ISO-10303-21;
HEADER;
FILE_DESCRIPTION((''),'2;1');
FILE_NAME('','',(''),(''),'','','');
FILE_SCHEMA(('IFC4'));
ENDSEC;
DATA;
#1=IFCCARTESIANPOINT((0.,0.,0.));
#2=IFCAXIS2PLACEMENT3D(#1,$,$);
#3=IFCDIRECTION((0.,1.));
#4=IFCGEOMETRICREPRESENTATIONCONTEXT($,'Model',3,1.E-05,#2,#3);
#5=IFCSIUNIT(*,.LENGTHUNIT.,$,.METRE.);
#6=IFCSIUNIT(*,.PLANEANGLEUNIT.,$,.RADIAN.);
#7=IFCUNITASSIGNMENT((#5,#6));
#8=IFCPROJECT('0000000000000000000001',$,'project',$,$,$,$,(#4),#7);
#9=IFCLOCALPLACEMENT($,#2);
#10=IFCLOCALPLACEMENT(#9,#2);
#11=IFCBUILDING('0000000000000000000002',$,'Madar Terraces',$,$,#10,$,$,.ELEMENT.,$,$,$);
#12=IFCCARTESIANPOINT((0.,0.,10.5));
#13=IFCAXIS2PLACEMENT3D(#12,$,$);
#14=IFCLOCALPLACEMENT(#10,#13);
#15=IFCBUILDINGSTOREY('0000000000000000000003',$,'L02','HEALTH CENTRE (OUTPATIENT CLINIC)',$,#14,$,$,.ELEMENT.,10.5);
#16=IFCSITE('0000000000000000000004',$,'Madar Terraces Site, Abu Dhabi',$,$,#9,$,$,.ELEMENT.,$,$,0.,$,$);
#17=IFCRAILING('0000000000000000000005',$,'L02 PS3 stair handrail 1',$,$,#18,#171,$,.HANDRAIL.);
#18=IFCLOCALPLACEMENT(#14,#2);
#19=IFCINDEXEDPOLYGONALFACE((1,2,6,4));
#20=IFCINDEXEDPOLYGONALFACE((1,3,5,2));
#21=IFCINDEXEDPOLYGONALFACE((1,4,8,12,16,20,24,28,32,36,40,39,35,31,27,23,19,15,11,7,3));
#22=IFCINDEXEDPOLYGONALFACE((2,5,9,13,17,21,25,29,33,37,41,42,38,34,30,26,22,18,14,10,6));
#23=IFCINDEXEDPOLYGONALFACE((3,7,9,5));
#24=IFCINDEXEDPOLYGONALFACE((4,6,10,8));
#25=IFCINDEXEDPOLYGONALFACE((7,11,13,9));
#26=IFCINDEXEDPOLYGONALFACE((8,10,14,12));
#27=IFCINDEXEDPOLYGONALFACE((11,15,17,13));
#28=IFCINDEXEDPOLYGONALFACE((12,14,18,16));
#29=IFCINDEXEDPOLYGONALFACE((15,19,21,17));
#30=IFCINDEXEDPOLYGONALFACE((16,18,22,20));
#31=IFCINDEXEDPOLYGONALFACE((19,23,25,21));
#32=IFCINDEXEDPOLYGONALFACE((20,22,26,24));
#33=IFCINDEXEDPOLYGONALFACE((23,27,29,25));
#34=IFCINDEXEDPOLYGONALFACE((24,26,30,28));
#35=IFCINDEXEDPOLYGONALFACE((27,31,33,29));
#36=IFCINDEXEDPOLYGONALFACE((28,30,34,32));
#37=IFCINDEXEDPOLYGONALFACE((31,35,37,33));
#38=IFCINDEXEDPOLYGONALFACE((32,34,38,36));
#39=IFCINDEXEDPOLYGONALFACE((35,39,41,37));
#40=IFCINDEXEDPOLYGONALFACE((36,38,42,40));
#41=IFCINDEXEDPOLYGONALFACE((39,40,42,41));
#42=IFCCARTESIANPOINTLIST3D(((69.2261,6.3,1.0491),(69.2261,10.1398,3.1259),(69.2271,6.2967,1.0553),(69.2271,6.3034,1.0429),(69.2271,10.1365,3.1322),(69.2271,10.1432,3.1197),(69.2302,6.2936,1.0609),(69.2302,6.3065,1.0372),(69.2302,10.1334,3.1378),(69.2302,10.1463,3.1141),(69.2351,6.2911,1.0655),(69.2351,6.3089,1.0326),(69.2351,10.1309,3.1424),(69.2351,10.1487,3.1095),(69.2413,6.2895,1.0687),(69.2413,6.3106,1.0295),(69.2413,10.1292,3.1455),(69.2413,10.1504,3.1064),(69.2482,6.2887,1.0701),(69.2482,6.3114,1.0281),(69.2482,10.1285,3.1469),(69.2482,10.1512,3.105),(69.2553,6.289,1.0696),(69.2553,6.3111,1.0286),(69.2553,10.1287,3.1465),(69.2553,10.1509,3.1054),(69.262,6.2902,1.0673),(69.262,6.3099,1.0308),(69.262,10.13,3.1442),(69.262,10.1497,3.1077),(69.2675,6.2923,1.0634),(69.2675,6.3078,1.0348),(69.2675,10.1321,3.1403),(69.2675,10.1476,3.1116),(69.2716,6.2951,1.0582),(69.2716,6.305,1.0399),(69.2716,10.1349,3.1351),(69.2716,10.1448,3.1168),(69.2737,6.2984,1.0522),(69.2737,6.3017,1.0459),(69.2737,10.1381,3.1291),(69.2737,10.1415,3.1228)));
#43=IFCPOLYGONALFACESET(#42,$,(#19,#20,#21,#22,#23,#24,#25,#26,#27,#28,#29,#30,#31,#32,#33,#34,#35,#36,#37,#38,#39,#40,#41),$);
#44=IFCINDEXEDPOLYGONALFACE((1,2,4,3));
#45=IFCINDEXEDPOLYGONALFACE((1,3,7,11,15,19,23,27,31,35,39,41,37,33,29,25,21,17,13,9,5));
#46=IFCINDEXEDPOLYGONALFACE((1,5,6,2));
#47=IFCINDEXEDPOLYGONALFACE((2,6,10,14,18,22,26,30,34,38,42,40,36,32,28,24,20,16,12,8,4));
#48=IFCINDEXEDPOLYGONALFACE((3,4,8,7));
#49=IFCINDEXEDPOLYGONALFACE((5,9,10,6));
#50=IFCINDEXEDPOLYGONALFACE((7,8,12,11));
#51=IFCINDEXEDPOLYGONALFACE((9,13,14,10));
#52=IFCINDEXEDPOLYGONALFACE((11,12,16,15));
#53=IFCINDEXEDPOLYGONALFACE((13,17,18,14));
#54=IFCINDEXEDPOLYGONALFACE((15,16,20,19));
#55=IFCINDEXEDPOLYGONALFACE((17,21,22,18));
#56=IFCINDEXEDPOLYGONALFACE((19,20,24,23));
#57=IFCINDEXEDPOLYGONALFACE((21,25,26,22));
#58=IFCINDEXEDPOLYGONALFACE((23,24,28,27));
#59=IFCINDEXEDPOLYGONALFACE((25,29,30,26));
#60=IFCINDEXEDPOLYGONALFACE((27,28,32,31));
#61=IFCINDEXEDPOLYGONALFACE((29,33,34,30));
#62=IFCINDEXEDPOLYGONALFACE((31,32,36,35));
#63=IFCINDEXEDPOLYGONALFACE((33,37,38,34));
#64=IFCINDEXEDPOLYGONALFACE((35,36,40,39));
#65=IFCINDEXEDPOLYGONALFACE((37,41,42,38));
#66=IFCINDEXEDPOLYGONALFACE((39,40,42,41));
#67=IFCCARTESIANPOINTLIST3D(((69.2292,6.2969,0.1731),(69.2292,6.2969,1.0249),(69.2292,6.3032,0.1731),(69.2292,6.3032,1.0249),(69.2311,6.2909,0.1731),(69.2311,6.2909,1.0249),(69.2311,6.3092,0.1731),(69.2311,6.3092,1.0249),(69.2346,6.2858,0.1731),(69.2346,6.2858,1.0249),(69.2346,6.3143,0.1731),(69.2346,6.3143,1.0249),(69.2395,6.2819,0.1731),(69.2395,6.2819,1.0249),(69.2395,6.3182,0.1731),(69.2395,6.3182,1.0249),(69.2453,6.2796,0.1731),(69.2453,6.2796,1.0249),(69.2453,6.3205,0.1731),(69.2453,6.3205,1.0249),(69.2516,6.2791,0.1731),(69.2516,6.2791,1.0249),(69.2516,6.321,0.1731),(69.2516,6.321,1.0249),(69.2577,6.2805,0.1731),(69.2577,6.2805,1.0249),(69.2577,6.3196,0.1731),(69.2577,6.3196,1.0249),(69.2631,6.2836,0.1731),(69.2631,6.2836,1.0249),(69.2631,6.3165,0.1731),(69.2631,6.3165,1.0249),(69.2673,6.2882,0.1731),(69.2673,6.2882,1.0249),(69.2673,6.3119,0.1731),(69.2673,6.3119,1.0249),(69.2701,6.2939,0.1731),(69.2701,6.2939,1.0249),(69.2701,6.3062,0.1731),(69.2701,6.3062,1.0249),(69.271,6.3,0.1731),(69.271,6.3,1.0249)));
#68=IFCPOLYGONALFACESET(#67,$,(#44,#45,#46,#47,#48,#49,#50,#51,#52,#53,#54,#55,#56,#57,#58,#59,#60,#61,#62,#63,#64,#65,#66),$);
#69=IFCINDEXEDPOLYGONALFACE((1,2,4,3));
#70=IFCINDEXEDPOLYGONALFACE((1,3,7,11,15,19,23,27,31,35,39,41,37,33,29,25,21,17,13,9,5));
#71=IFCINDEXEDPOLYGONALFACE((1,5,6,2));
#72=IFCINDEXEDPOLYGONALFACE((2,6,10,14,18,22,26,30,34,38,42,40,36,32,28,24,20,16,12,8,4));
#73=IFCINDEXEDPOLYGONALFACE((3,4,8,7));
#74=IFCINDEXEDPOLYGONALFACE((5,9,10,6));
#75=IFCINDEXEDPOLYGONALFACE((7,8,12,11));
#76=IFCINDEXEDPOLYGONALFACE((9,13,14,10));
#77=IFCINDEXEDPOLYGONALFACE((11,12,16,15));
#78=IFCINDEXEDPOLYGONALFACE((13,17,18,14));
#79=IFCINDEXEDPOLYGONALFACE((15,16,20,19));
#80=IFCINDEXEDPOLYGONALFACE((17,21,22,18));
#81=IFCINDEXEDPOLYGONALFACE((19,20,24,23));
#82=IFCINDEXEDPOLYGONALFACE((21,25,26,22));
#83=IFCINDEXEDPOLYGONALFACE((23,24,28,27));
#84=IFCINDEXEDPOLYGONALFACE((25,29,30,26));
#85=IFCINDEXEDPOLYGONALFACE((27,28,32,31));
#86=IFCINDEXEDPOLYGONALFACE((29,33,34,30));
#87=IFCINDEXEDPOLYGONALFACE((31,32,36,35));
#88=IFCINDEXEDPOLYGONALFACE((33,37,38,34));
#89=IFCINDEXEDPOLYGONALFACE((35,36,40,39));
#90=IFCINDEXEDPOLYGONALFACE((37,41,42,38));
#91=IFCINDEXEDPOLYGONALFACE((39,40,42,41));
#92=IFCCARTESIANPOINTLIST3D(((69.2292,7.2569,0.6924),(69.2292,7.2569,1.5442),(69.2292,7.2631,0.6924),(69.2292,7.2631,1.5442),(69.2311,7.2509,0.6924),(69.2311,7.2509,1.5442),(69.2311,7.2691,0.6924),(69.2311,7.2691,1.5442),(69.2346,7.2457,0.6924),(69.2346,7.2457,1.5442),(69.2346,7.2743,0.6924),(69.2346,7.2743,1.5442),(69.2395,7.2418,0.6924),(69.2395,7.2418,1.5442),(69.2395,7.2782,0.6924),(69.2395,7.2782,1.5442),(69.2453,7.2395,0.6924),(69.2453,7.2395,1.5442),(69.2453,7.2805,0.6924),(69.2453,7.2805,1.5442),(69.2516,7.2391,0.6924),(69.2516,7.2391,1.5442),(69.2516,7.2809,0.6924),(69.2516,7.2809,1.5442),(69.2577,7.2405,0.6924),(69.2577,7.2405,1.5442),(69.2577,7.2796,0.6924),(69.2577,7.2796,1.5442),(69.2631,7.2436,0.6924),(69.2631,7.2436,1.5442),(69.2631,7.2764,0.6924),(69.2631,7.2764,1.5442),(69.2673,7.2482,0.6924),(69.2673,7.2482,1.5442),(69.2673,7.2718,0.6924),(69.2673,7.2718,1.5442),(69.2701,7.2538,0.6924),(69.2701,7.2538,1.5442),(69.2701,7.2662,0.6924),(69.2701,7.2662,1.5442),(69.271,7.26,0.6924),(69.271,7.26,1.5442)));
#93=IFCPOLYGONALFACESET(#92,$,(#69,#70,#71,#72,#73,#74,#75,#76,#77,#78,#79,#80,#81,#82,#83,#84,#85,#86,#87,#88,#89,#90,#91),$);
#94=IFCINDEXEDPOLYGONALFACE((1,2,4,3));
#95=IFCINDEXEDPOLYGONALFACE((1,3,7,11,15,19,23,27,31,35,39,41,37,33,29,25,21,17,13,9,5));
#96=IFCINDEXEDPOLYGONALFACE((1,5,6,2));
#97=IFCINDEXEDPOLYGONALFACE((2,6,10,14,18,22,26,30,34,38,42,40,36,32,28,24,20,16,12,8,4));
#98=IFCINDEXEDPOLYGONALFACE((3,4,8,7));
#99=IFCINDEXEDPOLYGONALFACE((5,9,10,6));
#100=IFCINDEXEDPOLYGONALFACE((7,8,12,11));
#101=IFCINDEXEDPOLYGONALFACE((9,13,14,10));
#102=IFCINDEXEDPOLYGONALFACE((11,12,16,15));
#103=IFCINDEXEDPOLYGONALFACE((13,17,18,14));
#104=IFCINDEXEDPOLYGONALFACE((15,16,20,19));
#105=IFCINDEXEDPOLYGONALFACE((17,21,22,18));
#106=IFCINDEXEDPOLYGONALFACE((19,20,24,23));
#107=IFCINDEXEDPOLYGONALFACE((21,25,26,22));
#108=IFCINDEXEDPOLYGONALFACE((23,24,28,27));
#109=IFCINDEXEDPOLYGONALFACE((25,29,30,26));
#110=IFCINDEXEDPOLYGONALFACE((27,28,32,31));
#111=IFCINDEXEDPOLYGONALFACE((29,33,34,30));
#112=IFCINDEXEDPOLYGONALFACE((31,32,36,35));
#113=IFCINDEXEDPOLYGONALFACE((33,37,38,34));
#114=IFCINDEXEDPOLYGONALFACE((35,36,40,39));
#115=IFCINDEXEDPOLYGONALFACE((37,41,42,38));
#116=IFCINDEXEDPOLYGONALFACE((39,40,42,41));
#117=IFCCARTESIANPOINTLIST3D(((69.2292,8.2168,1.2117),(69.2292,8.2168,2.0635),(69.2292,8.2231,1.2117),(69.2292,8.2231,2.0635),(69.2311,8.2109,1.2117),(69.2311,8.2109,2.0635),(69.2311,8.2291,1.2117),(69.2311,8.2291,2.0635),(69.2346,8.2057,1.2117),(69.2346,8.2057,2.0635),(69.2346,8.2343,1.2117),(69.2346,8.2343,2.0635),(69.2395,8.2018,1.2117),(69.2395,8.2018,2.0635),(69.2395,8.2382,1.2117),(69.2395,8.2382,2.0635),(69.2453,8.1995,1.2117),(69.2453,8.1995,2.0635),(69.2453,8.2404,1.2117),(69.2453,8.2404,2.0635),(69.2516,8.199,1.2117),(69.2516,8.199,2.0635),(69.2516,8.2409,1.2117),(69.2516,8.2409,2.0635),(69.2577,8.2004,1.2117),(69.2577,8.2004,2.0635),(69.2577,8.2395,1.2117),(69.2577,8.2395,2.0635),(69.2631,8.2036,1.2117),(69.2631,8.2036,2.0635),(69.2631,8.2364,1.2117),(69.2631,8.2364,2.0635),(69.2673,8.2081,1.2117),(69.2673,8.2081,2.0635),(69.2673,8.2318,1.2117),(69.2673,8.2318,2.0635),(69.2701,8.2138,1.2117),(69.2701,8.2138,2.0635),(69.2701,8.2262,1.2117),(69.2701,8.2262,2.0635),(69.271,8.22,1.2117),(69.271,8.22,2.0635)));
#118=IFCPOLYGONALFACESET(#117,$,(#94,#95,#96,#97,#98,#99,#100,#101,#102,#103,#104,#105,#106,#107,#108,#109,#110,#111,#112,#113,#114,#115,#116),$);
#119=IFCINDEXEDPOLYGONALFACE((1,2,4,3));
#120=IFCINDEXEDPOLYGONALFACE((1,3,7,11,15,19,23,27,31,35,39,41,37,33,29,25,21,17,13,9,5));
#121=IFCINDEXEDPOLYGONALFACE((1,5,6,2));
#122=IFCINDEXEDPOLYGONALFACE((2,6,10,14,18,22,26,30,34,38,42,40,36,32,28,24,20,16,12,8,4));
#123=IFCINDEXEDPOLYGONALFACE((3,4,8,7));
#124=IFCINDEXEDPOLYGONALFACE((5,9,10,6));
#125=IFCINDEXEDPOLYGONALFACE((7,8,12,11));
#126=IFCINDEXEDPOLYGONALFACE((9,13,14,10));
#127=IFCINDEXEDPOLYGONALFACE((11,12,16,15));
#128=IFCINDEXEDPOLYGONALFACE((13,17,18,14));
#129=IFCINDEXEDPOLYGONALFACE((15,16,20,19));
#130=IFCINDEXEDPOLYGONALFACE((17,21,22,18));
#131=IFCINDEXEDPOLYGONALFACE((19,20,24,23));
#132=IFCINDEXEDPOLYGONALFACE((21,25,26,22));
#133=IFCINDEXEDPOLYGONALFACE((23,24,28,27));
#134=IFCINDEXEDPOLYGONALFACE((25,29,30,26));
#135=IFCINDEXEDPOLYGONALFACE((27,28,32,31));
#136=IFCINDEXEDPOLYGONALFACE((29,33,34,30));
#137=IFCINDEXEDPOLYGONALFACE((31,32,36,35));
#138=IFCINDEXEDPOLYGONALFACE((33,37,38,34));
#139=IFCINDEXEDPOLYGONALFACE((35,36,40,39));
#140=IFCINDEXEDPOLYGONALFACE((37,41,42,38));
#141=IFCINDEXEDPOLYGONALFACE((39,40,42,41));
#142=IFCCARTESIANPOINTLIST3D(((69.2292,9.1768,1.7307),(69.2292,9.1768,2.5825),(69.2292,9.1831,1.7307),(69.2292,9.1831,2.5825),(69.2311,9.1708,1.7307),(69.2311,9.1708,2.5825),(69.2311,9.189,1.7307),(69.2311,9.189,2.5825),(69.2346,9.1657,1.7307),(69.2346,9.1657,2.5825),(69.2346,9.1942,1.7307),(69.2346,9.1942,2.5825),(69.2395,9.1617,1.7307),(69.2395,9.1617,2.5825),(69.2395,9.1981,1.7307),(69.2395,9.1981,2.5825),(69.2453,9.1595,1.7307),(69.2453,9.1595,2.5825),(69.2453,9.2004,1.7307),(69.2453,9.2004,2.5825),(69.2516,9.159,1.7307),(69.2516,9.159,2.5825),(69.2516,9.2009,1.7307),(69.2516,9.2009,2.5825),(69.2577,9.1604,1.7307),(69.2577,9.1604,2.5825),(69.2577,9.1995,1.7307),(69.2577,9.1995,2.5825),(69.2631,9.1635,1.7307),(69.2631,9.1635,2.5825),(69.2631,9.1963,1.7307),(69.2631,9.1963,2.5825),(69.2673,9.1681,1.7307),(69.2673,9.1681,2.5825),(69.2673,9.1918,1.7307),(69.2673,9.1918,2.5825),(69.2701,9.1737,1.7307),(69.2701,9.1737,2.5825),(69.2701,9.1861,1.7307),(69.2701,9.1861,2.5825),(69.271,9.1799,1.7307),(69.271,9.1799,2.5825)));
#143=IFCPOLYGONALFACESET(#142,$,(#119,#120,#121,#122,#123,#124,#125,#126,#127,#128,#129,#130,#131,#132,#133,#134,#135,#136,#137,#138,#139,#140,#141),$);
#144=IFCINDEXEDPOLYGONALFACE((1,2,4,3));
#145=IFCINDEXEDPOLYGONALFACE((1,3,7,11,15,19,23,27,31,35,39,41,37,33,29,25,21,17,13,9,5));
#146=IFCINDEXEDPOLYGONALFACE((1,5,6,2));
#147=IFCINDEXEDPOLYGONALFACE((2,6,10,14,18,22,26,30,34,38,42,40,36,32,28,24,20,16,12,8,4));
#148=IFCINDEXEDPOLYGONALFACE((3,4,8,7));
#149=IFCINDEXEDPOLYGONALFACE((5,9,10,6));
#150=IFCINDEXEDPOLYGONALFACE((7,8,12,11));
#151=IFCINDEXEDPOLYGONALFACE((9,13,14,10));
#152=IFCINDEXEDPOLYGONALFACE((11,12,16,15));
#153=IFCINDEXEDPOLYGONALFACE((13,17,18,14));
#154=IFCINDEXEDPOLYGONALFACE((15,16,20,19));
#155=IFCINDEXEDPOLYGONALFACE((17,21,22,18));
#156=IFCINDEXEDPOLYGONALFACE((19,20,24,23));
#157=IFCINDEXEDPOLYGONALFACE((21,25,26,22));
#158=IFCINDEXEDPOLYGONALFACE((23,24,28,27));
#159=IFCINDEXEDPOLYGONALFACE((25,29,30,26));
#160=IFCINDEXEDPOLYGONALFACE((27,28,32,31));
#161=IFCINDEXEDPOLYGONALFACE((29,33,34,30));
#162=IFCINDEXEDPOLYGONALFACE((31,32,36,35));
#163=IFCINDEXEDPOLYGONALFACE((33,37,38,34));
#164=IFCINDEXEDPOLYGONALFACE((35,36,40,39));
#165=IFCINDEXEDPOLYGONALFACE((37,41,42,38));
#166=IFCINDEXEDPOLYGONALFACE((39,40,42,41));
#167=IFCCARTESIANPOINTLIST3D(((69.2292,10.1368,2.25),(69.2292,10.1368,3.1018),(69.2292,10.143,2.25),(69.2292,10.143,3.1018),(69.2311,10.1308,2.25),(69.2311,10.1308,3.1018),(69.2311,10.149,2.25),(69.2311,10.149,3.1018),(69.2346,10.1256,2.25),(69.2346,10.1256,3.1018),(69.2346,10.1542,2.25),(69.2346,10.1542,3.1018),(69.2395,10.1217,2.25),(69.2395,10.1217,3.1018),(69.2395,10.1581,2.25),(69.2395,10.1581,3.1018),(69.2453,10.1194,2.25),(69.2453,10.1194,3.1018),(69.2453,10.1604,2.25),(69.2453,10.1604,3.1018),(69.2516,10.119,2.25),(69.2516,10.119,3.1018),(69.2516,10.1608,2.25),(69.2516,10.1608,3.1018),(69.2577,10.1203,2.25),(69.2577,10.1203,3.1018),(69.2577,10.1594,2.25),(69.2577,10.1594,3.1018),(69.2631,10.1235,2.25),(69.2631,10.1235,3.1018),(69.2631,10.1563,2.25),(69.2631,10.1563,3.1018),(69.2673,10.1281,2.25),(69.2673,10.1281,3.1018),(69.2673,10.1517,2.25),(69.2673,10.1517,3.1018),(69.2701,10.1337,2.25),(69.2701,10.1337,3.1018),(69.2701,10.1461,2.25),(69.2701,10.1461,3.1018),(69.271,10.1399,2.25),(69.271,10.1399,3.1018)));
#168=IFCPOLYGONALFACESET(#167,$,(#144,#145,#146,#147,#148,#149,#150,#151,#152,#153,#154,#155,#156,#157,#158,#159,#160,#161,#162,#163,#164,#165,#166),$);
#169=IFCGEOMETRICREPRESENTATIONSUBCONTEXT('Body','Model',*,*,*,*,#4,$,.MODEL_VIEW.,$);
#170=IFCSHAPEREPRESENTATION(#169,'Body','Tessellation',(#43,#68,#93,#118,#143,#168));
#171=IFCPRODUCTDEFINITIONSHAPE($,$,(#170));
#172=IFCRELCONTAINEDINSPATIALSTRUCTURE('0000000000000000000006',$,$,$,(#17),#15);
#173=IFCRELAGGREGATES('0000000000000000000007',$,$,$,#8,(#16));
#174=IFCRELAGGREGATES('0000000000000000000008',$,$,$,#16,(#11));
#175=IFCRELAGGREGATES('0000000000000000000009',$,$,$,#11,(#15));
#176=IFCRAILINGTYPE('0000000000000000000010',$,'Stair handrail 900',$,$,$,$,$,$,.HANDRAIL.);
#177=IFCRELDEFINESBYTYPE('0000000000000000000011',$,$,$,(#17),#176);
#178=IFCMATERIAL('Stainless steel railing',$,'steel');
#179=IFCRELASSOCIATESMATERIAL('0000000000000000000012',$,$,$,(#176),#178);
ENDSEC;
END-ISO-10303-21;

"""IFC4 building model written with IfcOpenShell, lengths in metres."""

from ifc_helpers import new_model, si_unit, direction, frame, origin, origin_2d, place, context, subcontext, project, spatial, circle, extrude, material, type_object, element, save


model = new_model("IFC4")

# Units and contexts
model_context = context("Model", 3, precision=1e-05, world=origin(), true_north=direction((0.0, 1.0)))
body_context = subcontext(model_context, "Body", "Model", "MODEL_VIEW")
ifc_project = project(units=[si_unit("LENGTHUNIT", "METRE"), si_unit("PLANEANGLEUNIT", "RADIAN")], contexts=[model_context])

# Site, building, storey
site_placement = place(None, origin())
site = spatial("IfcSite", under=ifc_project, at=site_placement, Name="Madar Terraces Site, Abu Dhabi", CompositionType="ELEMENT", RefElevation=0.0)
building_placement = place(site_placement, origin())
building = spatial("IfcBuilding", under=site, at=building_placement, Name="Madar Terraces", CompositionType="ELEMENT")
storey_placement = place(building_placement, frame((0.0, 0.0, 10.5)))
storey = spatial("IfcBuildingStorey", under=building, at=storey_placement, Name="L02", Description="HEALTH CENTRE (OUTPATIENT CLINIC)", CompositionType="ELEMENT", Elevation=10.5)

# Railing
ifc_material_1 = material(Name="Stainless steel railing", Category="steel")
railing_type_1 = type_object("IfcRailingType", Name="Stair handrail 900", PredefinedType="HANDRAIL", material=ifc_material_1)
railing_1_placement = place(storey_placement, frame((69.25, 6.3, 0.1731)))
element("IfcRailing", 1, at=railing_1_placement, inside=storey, type_object=railing_type_1, Name="L02 PS3 stair handrail 1", PredefinedType="HANDRAIL", context=body_context, shape_type="SweptSolid", body=[
    extrude(circle(Radius=0.0239, at=origin_2d()), frame((0.0, 0.0, 0.876), z_axis=(0.0, 0.879581, 0.47575), x_axis=(-1.0, 0.0, 0.0)), (0.0, 0.0, 1.0), 4.3655),
    extrude(circle(Radius=0.021, at=origin_2d()), origin(), (0.0, 0.0, 1.0), 0.8518),
    extrude(circle(Radius=0.021, at=origin_2d()), frame((0.0, 0.96, 0.5193)), (0.0, 0.0, 1.0), 0.8518),
    extrude(circle(Radius=0.021, at=origin_2d()), frame((0.0, 1.9199, 1.0386)), (0.0, 0.0, 1.0), 0.8518),
    extrude(circle(Radius=0.021, at=origin_2d()), frame((0.0, 2.8799, 1.5576)), (0.0, 0.0, 1.0), 0.8518),
    extrude(circle(Radius=0.021, at=origin_2d()), frame((0.0, 3.8398, 2.0769)), (0.0, 0.0, 1.0), 0.8518),
])

save(model, "model.ifc")
